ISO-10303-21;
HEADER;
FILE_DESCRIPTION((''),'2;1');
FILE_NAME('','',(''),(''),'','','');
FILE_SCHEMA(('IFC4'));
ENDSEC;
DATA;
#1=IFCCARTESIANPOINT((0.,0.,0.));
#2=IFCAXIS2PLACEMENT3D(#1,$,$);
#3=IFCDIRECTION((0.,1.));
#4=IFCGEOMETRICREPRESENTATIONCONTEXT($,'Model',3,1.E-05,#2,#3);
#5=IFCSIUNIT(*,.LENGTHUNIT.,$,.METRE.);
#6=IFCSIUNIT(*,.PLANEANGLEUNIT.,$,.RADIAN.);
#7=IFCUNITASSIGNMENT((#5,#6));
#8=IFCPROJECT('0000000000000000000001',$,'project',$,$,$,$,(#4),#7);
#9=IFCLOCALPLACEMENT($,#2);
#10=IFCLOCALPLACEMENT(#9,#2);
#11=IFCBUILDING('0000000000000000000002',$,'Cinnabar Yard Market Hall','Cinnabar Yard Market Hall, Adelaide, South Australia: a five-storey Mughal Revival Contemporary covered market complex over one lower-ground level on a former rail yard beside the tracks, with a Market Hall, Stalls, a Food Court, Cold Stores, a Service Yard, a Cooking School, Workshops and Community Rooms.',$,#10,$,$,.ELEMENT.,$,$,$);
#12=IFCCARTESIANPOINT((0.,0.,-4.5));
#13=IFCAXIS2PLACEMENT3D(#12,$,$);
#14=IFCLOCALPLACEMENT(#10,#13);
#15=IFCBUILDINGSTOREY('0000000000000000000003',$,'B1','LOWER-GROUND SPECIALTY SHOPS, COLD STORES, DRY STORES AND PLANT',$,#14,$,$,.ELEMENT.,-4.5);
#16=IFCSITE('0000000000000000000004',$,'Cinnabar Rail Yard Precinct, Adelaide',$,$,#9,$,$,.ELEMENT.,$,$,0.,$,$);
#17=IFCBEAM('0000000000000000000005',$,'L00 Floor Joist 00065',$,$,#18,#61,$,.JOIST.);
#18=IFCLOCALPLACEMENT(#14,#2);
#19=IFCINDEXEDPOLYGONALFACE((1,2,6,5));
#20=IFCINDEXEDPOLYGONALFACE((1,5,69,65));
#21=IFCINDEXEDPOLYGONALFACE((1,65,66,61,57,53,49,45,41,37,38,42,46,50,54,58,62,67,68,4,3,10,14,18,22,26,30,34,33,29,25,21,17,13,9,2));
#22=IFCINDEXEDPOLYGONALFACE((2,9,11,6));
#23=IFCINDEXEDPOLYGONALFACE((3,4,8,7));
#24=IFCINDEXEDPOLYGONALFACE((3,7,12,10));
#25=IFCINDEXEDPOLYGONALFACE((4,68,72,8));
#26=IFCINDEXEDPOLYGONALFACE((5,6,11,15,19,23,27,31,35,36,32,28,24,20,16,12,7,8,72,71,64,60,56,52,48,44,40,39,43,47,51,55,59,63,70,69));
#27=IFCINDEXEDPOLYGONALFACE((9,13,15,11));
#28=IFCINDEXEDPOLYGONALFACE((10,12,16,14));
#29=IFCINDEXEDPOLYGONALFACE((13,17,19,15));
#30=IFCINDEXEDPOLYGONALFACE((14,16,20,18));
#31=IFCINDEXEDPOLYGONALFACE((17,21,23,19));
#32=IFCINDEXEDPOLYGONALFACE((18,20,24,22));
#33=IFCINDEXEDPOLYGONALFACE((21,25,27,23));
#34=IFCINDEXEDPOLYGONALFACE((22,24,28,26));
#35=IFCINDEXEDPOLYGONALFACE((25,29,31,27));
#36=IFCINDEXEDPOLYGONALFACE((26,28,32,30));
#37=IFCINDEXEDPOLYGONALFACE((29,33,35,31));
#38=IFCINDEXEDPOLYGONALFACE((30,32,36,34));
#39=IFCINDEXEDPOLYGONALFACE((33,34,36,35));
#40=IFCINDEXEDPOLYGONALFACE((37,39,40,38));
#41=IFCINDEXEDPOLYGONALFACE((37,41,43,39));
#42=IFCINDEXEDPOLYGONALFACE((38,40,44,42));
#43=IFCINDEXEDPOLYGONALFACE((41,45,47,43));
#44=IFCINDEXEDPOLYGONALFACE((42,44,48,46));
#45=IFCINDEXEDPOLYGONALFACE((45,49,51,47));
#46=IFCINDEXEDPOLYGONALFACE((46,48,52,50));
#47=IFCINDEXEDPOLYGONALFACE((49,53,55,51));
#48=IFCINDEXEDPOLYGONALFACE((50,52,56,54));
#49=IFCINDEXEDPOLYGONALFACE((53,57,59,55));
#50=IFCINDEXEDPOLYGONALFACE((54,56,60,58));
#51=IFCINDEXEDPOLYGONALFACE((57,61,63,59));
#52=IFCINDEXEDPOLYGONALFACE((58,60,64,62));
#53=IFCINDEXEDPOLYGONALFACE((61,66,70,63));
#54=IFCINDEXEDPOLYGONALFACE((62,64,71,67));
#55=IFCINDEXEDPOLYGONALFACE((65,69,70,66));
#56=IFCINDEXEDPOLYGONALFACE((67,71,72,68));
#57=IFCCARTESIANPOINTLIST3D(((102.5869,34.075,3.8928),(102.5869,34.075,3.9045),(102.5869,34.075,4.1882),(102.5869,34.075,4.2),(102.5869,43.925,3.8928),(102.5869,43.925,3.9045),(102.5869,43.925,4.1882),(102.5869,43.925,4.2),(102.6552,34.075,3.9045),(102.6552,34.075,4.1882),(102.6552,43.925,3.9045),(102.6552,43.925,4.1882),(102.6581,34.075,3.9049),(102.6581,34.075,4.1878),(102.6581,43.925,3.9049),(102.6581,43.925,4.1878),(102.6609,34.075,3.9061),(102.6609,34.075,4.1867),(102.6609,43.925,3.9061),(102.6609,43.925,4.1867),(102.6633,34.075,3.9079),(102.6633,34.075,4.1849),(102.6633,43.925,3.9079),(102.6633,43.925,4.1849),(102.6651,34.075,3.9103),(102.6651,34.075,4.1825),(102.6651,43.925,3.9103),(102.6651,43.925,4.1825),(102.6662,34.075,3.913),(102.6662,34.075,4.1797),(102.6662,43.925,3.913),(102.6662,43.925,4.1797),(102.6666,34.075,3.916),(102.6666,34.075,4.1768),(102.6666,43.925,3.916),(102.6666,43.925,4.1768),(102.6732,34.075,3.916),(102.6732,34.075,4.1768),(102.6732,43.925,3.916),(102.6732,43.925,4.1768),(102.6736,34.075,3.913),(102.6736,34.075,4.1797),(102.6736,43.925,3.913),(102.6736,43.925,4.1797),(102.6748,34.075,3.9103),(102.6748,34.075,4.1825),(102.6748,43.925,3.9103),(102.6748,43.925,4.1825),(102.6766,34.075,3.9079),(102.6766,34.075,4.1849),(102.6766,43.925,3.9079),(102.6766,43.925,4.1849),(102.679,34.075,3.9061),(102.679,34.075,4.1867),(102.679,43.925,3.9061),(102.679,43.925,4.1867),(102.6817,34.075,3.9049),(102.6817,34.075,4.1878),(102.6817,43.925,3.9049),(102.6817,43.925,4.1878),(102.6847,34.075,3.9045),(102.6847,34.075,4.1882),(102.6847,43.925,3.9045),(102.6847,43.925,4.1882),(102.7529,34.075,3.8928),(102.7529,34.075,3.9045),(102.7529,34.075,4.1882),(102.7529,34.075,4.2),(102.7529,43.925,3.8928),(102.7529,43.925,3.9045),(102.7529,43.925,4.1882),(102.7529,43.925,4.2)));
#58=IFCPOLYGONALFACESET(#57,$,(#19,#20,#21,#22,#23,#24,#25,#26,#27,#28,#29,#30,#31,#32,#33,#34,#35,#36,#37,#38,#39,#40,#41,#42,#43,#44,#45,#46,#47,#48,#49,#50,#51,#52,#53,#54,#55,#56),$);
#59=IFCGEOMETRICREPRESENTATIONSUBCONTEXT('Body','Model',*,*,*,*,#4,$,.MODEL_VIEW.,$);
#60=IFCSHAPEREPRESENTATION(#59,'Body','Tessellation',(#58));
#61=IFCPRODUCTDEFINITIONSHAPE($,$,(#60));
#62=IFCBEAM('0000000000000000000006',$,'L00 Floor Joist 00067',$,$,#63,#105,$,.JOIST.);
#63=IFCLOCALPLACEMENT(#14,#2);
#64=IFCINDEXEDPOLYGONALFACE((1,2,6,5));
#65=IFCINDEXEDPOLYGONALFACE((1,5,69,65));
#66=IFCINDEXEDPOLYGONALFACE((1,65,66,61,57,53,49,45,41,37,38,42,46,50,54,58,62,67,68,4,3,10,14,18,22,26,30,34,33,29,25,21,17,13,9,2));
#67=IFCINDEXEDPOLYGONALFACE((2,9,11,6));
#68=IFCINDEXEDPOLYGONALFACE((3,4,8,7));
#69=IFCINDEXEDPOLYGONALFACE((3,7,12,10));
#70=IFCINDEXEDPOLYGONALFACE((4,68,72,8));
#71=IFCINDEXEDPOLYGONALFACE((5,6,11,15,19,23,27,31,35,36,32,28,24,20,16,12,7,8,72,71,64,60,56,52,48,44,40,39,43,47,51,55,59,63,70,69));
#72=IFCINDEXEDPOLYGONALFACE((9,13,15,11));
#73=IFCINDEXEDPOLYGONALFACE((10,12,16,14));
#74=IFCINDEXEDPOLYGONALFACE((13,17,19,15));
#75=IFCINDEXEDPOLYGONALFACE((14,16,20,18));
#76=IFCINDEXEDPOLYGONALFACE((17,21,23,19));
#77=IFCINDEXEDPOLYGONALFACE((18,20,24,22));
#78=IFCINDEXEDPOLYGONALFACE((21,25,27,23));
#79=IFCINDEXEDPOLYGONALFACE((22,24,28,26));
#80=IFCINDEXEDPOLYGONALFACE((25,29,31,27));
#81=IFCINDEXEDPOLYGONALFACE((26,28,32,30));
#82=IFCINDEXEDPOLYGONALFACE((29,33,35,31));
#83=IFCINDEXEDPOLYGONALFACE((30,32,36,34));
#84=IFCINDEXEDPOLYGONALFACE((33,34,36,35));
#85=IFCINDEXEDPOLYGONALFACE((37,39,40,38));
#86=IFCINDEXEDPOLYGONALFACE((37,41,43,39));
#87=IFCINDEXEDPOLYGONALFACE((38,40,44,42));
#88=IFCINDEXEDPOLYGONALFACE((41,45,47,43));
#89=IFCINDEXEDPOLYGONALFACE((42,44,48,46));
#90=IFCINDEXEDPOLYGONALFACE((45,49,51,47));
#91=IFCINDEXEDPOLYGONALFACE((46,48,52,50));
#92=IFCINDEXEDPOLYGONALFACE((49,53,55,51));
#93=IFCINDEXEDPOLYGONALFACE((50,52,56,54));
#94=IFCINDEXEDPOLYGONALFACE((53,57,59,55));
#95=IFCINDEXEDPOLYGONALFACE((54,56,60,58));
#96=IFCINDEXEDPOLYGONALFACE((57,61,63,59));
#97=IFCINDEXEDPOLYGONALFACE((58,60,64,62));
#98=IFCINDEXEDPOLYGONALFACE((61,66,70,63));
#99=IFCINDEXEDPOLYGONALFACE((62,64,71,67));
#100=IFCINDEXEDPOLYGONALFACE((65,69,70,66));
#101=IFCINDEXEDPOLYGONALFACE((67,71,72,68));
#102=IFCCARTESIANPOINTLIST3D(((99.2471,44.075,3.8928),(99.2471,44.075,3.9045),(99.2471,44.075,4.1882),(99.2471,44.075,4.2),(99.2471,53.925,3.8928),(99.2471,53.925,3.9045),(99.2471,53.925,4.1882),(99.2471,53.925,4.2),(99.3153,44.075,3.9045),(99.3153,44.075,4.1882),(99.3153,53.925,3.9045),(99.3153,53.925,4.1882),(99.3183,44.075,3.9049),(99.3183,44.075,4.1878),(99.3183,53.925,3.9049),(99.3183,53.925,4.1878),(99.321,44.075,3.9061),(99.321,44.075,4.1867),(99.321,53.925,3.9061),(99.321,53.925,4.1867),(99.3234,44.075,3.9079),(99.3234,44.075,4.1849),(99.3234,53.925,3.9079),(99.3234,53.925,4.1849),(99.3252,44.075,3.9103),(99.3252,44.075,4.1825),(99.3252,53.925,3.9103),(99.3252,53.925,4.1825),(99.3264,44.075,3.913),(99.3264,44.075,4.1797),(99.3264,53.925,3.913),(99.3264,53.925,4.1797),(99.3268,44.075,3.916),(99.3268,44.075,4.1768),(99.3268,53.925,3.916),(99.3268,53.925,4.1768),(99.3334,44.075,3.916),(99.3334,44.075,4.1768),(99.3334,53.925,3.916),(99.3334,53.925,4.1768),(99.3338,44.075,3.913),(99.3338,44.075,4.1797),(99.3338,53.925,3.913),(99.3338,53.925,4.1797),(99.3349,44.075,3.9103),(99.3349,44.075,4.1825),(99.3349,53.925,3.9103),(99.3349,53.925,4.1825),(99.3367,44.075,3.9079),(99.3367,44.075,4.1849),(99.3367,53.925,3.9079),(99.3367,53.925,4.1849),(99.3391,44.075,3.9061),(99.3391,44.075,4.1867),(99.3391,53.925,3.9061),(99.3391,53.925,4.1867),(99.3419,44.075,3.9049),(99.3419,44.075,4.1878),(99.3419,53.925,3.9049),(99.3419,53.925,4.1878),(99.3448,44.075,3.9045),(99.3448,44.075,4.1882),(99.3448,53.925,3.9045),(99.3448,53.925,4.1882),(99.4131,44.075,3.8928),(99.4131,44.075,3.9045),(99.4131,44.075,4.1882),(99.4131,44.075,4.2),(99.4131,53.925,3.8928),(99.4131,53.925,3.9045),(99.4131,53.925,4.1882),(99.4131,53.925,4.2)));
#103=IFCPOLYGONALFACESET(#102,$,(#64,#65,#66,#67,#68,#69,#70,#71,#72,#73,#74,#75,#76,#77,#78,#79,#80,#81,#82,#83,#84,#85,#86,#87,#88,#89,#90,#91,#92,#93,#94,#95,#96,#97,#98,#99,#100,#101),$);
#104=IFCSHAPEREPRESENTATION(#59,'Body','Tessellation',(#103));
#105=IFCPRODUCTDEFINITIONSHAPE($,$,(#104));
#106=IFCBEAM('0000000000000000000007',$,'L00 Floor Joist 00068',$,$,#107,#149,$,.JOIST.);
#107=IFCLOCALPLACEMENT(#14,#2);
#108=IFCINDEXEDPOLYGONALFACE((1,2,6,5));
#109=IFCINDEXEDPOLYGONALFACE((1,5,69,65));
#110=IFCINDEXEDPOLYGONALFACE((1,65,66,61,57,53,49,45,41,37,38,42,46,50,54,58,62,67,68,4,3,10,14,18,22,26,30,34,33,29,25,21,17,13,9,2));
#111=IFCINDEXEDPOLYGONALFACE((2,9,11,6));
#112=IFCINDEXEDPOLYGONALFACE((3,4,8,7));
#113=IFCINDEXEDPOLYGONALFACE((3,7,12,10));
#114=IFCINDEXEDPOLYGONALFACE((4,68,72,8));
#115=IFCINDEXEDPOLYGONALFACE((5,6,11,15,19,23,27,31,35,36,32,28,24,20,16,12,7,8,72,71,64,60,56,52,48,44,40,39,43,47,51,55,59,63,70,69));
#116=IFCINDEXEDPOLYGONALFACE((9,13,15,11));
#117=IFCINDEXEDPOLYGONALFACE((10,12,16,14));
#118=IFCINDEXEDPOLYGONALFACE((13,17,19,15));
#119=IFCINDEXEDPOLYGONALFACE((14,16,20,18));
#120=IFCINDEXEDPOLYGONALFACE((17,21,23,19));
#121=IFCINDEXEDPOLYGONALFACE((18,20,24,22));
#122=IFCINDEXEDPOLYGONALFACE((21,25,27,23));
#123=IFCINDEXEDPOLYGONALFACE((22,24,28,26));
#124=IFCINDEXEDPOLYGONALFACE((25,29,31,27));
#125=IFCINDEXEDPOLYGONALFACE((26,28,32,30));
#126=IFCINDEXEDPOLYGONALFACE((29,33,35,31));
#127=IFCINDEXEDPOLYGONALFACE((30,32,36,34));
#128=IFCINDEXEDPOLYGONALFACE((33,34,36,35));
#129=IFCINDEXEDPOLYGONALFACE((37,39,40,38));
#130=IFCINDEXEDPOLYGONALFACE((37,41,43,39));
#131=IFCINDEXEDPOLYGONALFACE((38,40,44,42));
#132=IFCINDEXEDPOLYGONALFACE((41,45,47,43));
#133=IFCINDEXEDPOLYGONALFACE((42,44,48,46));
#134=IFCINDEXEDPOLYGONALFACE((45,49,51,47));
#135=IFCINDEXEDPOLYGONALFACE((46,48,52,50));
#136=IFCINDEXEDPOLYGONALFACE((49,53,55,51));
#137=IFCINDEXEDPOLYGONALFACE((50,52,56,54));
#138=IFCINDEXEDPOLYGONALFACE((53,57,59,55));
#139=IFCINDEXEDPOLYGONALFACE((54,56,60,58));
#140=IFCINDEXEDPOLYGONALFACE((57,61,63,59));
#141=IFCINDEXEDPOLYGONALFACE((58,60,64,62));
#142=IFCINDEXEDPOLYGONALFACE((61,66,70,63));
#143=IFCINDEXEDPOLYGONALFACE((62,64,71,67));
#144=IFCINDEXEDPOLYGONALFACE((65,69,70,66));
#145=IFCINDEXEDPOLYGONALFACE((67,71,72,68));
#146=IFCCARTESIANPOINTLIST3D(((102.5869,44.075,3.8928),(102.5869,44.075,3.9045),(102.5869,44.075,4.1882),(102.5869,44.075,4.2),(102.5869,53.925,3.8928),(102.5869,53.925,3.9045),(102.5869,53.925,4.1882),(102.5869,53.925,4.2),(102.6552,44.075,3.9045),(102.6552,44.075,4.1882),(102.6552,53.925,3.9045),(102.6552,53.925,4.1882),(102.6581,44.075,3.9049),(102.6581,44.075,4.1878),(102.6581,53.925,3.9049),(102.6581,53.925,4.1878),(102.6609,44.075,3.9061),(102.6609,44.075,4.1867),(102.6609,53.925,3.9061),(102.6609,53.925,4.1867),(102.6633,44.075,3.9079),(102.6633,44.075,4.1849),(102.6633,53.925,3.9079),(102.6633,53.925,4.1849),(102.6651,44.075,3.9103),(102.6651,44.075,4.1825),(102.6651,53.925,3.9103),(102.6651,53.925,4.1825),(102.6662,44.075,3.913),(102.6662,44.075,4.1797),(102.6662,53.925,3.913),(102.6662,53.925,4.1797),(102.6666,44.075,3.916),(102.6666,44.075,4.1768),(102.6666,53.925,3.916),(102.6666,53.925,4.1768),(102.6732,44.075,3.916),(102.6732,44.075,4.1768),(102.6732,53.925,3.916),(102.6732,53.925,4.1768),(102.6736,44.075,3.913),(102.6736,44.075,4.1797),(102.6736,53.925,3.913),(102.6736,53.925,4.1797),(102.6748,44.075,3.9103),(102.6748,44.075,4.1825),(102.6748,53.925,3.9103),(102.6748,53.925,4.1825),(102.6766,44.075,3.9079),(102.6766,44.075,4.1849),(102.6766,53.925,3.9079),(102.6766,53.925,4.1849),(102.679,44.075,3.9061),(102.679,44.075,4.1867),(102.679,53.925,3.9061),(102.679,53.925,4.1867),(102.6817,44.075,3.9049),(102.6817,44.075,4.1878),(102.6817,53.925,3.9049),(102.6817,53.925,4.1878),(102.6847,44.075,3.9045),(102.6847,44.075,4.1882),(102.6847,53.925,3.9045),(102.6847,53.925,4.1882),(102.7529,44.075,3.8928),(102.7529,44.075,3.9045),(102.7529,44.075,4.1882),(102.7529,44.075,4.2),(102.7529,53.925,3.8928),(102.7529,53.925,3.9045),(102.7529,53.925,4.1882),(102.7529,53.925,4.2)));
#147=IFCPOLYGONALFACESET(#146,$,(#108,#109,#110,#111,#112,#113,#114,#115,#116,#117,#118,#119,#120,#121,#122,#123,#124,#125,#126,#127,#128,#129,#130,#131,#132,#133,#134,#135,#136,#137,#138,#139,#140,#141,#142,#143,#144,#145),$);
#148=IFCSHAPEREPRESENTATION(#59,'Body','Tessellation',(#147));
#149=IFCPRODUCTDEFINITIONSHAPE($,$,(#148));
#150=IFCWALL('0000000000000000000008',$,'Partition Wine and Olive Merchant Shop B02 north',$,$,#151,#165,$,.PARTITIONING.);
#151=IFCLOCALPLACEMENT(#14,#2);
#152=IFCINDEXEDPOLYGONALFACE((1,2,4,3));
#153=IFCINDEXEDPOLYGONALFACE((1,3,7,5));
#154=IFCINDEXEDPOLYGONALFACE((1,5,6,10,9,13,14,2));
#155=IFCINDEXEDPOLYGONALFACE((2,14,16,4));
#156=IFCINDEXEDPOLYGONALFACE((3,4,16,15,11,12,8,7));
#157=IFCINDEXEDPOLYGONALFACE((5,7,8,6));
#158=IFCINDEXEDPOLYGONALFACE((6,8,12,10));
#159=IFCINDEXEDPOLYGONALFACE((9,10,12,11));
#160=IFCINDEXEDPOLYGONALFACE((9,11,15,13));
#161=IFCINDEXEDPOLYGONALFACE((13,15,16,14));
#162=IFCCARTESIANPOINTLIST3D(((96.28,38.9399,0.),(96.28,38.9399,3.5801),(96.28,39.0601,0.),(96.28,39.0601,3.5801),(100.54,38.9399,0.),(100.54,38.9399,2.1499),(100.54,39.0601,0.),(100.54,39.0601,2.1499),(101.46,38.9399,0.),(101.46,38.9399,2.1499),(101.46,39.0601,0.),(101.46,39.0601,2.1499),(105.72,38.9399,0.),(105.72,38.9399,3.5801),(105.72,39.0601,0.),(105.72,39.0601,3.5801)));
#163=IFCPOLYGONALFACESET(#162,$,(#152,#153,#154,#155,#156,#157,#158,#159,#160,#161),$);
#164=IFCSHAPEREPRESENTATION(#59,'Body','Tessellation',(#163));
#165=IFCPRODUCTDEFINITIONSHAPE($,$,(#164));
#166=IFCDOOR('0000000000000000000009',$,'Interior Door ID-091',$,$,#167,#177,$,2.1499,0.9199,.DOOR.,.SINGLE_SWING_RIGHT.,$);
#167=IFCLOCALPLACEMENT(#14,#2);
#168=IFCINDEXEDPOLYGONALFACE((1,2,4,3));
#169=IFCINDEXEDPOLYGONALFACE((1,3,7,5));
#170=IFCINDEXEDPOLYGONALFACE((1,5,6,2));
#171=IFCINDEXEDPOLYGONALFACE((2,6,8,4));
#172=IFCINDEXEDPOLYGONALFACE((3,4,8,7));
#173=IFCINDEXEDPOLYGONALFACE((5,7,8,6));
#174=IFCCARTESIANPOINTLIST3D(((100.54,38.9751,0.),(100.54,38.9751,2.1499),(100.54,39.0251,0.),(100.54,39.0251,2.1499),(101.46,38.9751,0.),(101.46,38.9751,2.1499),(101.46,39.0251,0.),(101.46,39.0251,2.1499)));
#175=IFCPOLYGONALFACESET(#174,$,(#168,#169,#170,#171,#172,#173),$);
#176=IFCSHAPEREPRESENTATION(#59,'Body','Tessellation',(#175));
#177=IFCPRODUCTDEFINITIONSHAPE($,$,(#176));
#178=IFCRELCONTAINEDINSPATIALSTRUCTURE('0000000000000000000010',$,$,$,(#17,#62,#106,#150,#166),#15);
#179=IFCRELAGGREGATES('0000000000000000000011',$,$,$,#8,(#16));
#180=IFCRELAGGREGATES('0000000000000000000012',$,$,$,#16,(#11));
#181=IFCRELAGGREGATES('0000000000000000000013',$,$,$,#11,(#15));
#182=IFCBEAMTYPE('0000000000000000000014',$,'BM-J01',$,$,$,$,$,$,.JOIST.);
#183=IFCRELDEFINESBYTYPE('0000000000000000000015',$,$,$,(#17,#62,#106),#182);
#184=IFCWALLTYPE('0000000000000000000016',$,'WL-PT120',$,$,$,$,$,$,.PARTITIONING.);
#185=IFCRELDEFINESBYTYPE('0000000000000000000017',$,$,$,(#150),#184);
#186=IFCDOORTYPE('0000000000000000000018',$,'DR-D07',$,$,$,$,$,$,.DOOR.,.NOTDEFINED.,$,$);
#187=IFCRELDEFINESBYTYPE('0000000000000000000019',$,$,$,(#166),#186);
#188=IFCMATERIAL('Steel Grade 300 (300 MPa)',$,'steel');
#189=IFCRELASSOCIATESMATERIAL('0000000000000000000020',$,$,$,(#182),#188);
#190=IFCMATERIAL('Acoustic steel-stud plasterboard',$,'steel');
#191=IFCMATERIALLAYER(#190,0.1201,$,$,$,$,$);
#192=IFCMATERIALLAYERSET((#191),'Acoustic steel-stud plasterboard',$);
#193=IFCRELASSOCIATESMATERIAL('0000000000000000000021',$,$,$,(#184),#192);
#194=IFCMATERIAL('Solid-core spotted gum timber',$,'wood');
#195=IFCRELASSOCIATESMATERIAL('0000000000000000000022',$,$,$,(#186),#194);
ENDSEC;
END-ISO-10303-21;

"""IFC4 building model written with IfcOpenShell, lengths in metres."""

from ifc_helpers import new_model, si_unit, direction, frame, frame_2d, origin, origin_2d_with_axis, place, context, subcontext, project, spatial, rectangle, i_section, extrude, material, layer, layer_set, material_profile, profile_set, type_object, element, fill, save


model = new_model("IFC4")

# Units and contexts
model_context = context("Model", 3, precision=1e-05, world=origin(), true_north=direction((0.0, 1.0)))
body_context = subcontext(model_context, "Body", "Model", "MODEL_VIEW")
ifc_project = project(units=[si_unit("LENGTHUNIT", "METRE"), si_unit("PLANEANGLEUNIT", "RADIAN")], contexts=[model_context])

# Site, building, storey
site_placement = place(None, origin())
site = spatial("IfcSite", under=ifc_project, at=site_placement, Name="Cinnabar Rail Yard Precinct, Adelaide", CompositionType="ELEMENT", RefElevation=0.0)
building_placement = place(site_placement, origin())
building = spatial("IfcBuilding", under=site, at=building_placement, Name="Cinnabar Yard Market Hall", Description="Cinnabar Yard Market Hall, Adelaide, South Australia: a five-storey Mughal Revival Contemporary covered market complex over one lower-ground level on a former rail yard beside the tracks, with a Market Hall, Stalls, a Food Court, Cold Stores, a Service Yard, a Cooking School, Workshops and Community Rooms.", CompositionType="ELEMENT")
storey_placement = place(building_placement, frame((0.0, 0.0, -4.5)))
storey = spatial("IfcBuildingStorey", under=building, at=storey_placement, Name="B1", Description="LOWER-GROUND SPECIALTY SHOPS, COLD STORES, DRY STORES AND PLANT", CompositionType="ELEMENT", Elevation=-4.5)

# Beams
ifc_material_1 = material(Name="Steel Grade 300 (300 MPa)", Category="steel")
ifc_material_profile_1 = material_profile(ifc_material_1, i_section(OverallWidth=0.166, OverallDepth=0.3071, WebThickness=0.0066, FlangeThickness=0.0117, FilletRadius=0.0115, at=origin_2d_with_axis()), Name="310UB46.2")
ifc_profile_set_1 = profile_set([ifc_material_profile_1], Name="Steel Grade 300 (300 MPa)")
beam_type = type_object("IfcBeamType", Name="BM-J01", PredefinedType="JOIST", material=ifc_profile_set_1)
for number, where, z_axis, x_axis, name in (
    (1, (102.6699, 34.075, 4.0464), (0.0, 1.0, 0.0), (-1.0, 0.0, 0.0), "L00 Floor Joist 00065"),
    (2, (99.3301, 44.075, 4.0464), (0.0, 1.0, 0.0), (-1.0, 0.0, 0.0), "L00 Floor Joist 00067"),
    (3, (102.6699, 44.075, 4.0464), (0.0, 1.0, 0.0), (-1.0, 0.0, 0.0), "L00 Floor Joist 00068"),
):
    element("IfcBeam", number, at=place(storey_placement, frame(where, z_axis=z_axis, x_axis=x_axis)), inside=storey, type_object=beam_type, Name=name, PredefinedType="JOIST", context=body_context, shape_type="SweptSolid", body=[
        extrude(i_section(OverallWidth=0.166, OverallDepth=0.3071, WebThickness=0.0066, FlangeThickness=0.0117, FilletRadius=0.0115, at=origin_2d_with_axis()), origin(), (0.0, 0.0, 1.0), 9.8501),
    ])

# Wall, opening, door
ifc_material_2 = material(Name="Acoustic steel-stud plasterboard", Category="steel")
ifc_layer_1 = layer(ifc_material_2, 0.1201)
ifc_layer_set_1 = layer_set([ifc_layer_1], Name="Acoustic steel-stud plasterboard")
wall_type_1 = type_object("IfcWallType", Name="WL-PT120", PredefinedType="PARTITIONING", material=ifc_layer_set_1)
wall_1_placement = place(storey_placement, frame((105.72, 39.0, 0.0), z_axis=(0.0, 0.0, 1.0), x_axis=(-1.0, 0.0, 0.0)))
wall_1 = element("IfcWall", 4, at=wall_1_placement, inside=storey, type_object=wall_type_1, Name="Partition Wine and Olive Merchant Shop B02 north", PredefinedType="PARTITIONING", context=body_context, shape_type="SweptSolid", body=[
    extrude(rectangle(XDim=9.4399, YDim=0.1201, at=frame_2d((4.72, 0.0), x_axis=(1.0, 0.0))), origin(), (0.0, 0.0, 1.0), 3.5801),
])
opening_1_placement = place(wall_1_placement, frame((4.26, 0.0, 0.0)))
opening_1 = element("IfcOpeningElement", 5, at=opening_1_placement, cuts=wall_1, PredefinedType="OPENING", context=body_context, shape_type="SweptSolid", body=[
    extrude(rectangle(XDim=0.9199, YDim=2.1499, at=frame_2d((0.46, 1.075), x_axis=(1.0, 0.0))), frame((0.0, 0.0701, 0.0), z_axis=(0.0, -1.0, 0.0), x_axis=(1.0, 0.0, 0.0)), (0.0, 0.0, 1.0), 0.1401),
])
ifc_material_3 = material(Name="Solid-core spotted gum timber", Category="wood")
door_type_1 = type_object("IfcDoorType", Name="DR-D07", OperationType="NOTDEFINED", PredefinedType="DOOR", material=ifc_material_3)
door_1_placement = place(opening_1_placement, origin())
door_1 = element("IfcDoor", 6, at=door_1_placement, inside=storey, type_object=door_type_1, Name="Interior Door ID-091", OperationType="SINGLE_SWING_RIGHT", OverallHeight=2.1499, OverallWidth=0.9199, PredefinedType="DOOR", context=body_context, shape_type="SweptSolid", body=[
    extrude(rectangle(XDim=0.9199, YDim=2.1499, at=frame_2d((0.46, 1.075), x_axis=(1.0, 0.0))), frame((0.0, 0.0249, 0.0), z_axis=(0.0, -1.0, 0.0), x_axis=(1.0, 0.0, 0.0)), (0.0, 0.0, 1.0), 0.05),
])
fill(opening_1, door_1)

save(model, "model.ifc")
